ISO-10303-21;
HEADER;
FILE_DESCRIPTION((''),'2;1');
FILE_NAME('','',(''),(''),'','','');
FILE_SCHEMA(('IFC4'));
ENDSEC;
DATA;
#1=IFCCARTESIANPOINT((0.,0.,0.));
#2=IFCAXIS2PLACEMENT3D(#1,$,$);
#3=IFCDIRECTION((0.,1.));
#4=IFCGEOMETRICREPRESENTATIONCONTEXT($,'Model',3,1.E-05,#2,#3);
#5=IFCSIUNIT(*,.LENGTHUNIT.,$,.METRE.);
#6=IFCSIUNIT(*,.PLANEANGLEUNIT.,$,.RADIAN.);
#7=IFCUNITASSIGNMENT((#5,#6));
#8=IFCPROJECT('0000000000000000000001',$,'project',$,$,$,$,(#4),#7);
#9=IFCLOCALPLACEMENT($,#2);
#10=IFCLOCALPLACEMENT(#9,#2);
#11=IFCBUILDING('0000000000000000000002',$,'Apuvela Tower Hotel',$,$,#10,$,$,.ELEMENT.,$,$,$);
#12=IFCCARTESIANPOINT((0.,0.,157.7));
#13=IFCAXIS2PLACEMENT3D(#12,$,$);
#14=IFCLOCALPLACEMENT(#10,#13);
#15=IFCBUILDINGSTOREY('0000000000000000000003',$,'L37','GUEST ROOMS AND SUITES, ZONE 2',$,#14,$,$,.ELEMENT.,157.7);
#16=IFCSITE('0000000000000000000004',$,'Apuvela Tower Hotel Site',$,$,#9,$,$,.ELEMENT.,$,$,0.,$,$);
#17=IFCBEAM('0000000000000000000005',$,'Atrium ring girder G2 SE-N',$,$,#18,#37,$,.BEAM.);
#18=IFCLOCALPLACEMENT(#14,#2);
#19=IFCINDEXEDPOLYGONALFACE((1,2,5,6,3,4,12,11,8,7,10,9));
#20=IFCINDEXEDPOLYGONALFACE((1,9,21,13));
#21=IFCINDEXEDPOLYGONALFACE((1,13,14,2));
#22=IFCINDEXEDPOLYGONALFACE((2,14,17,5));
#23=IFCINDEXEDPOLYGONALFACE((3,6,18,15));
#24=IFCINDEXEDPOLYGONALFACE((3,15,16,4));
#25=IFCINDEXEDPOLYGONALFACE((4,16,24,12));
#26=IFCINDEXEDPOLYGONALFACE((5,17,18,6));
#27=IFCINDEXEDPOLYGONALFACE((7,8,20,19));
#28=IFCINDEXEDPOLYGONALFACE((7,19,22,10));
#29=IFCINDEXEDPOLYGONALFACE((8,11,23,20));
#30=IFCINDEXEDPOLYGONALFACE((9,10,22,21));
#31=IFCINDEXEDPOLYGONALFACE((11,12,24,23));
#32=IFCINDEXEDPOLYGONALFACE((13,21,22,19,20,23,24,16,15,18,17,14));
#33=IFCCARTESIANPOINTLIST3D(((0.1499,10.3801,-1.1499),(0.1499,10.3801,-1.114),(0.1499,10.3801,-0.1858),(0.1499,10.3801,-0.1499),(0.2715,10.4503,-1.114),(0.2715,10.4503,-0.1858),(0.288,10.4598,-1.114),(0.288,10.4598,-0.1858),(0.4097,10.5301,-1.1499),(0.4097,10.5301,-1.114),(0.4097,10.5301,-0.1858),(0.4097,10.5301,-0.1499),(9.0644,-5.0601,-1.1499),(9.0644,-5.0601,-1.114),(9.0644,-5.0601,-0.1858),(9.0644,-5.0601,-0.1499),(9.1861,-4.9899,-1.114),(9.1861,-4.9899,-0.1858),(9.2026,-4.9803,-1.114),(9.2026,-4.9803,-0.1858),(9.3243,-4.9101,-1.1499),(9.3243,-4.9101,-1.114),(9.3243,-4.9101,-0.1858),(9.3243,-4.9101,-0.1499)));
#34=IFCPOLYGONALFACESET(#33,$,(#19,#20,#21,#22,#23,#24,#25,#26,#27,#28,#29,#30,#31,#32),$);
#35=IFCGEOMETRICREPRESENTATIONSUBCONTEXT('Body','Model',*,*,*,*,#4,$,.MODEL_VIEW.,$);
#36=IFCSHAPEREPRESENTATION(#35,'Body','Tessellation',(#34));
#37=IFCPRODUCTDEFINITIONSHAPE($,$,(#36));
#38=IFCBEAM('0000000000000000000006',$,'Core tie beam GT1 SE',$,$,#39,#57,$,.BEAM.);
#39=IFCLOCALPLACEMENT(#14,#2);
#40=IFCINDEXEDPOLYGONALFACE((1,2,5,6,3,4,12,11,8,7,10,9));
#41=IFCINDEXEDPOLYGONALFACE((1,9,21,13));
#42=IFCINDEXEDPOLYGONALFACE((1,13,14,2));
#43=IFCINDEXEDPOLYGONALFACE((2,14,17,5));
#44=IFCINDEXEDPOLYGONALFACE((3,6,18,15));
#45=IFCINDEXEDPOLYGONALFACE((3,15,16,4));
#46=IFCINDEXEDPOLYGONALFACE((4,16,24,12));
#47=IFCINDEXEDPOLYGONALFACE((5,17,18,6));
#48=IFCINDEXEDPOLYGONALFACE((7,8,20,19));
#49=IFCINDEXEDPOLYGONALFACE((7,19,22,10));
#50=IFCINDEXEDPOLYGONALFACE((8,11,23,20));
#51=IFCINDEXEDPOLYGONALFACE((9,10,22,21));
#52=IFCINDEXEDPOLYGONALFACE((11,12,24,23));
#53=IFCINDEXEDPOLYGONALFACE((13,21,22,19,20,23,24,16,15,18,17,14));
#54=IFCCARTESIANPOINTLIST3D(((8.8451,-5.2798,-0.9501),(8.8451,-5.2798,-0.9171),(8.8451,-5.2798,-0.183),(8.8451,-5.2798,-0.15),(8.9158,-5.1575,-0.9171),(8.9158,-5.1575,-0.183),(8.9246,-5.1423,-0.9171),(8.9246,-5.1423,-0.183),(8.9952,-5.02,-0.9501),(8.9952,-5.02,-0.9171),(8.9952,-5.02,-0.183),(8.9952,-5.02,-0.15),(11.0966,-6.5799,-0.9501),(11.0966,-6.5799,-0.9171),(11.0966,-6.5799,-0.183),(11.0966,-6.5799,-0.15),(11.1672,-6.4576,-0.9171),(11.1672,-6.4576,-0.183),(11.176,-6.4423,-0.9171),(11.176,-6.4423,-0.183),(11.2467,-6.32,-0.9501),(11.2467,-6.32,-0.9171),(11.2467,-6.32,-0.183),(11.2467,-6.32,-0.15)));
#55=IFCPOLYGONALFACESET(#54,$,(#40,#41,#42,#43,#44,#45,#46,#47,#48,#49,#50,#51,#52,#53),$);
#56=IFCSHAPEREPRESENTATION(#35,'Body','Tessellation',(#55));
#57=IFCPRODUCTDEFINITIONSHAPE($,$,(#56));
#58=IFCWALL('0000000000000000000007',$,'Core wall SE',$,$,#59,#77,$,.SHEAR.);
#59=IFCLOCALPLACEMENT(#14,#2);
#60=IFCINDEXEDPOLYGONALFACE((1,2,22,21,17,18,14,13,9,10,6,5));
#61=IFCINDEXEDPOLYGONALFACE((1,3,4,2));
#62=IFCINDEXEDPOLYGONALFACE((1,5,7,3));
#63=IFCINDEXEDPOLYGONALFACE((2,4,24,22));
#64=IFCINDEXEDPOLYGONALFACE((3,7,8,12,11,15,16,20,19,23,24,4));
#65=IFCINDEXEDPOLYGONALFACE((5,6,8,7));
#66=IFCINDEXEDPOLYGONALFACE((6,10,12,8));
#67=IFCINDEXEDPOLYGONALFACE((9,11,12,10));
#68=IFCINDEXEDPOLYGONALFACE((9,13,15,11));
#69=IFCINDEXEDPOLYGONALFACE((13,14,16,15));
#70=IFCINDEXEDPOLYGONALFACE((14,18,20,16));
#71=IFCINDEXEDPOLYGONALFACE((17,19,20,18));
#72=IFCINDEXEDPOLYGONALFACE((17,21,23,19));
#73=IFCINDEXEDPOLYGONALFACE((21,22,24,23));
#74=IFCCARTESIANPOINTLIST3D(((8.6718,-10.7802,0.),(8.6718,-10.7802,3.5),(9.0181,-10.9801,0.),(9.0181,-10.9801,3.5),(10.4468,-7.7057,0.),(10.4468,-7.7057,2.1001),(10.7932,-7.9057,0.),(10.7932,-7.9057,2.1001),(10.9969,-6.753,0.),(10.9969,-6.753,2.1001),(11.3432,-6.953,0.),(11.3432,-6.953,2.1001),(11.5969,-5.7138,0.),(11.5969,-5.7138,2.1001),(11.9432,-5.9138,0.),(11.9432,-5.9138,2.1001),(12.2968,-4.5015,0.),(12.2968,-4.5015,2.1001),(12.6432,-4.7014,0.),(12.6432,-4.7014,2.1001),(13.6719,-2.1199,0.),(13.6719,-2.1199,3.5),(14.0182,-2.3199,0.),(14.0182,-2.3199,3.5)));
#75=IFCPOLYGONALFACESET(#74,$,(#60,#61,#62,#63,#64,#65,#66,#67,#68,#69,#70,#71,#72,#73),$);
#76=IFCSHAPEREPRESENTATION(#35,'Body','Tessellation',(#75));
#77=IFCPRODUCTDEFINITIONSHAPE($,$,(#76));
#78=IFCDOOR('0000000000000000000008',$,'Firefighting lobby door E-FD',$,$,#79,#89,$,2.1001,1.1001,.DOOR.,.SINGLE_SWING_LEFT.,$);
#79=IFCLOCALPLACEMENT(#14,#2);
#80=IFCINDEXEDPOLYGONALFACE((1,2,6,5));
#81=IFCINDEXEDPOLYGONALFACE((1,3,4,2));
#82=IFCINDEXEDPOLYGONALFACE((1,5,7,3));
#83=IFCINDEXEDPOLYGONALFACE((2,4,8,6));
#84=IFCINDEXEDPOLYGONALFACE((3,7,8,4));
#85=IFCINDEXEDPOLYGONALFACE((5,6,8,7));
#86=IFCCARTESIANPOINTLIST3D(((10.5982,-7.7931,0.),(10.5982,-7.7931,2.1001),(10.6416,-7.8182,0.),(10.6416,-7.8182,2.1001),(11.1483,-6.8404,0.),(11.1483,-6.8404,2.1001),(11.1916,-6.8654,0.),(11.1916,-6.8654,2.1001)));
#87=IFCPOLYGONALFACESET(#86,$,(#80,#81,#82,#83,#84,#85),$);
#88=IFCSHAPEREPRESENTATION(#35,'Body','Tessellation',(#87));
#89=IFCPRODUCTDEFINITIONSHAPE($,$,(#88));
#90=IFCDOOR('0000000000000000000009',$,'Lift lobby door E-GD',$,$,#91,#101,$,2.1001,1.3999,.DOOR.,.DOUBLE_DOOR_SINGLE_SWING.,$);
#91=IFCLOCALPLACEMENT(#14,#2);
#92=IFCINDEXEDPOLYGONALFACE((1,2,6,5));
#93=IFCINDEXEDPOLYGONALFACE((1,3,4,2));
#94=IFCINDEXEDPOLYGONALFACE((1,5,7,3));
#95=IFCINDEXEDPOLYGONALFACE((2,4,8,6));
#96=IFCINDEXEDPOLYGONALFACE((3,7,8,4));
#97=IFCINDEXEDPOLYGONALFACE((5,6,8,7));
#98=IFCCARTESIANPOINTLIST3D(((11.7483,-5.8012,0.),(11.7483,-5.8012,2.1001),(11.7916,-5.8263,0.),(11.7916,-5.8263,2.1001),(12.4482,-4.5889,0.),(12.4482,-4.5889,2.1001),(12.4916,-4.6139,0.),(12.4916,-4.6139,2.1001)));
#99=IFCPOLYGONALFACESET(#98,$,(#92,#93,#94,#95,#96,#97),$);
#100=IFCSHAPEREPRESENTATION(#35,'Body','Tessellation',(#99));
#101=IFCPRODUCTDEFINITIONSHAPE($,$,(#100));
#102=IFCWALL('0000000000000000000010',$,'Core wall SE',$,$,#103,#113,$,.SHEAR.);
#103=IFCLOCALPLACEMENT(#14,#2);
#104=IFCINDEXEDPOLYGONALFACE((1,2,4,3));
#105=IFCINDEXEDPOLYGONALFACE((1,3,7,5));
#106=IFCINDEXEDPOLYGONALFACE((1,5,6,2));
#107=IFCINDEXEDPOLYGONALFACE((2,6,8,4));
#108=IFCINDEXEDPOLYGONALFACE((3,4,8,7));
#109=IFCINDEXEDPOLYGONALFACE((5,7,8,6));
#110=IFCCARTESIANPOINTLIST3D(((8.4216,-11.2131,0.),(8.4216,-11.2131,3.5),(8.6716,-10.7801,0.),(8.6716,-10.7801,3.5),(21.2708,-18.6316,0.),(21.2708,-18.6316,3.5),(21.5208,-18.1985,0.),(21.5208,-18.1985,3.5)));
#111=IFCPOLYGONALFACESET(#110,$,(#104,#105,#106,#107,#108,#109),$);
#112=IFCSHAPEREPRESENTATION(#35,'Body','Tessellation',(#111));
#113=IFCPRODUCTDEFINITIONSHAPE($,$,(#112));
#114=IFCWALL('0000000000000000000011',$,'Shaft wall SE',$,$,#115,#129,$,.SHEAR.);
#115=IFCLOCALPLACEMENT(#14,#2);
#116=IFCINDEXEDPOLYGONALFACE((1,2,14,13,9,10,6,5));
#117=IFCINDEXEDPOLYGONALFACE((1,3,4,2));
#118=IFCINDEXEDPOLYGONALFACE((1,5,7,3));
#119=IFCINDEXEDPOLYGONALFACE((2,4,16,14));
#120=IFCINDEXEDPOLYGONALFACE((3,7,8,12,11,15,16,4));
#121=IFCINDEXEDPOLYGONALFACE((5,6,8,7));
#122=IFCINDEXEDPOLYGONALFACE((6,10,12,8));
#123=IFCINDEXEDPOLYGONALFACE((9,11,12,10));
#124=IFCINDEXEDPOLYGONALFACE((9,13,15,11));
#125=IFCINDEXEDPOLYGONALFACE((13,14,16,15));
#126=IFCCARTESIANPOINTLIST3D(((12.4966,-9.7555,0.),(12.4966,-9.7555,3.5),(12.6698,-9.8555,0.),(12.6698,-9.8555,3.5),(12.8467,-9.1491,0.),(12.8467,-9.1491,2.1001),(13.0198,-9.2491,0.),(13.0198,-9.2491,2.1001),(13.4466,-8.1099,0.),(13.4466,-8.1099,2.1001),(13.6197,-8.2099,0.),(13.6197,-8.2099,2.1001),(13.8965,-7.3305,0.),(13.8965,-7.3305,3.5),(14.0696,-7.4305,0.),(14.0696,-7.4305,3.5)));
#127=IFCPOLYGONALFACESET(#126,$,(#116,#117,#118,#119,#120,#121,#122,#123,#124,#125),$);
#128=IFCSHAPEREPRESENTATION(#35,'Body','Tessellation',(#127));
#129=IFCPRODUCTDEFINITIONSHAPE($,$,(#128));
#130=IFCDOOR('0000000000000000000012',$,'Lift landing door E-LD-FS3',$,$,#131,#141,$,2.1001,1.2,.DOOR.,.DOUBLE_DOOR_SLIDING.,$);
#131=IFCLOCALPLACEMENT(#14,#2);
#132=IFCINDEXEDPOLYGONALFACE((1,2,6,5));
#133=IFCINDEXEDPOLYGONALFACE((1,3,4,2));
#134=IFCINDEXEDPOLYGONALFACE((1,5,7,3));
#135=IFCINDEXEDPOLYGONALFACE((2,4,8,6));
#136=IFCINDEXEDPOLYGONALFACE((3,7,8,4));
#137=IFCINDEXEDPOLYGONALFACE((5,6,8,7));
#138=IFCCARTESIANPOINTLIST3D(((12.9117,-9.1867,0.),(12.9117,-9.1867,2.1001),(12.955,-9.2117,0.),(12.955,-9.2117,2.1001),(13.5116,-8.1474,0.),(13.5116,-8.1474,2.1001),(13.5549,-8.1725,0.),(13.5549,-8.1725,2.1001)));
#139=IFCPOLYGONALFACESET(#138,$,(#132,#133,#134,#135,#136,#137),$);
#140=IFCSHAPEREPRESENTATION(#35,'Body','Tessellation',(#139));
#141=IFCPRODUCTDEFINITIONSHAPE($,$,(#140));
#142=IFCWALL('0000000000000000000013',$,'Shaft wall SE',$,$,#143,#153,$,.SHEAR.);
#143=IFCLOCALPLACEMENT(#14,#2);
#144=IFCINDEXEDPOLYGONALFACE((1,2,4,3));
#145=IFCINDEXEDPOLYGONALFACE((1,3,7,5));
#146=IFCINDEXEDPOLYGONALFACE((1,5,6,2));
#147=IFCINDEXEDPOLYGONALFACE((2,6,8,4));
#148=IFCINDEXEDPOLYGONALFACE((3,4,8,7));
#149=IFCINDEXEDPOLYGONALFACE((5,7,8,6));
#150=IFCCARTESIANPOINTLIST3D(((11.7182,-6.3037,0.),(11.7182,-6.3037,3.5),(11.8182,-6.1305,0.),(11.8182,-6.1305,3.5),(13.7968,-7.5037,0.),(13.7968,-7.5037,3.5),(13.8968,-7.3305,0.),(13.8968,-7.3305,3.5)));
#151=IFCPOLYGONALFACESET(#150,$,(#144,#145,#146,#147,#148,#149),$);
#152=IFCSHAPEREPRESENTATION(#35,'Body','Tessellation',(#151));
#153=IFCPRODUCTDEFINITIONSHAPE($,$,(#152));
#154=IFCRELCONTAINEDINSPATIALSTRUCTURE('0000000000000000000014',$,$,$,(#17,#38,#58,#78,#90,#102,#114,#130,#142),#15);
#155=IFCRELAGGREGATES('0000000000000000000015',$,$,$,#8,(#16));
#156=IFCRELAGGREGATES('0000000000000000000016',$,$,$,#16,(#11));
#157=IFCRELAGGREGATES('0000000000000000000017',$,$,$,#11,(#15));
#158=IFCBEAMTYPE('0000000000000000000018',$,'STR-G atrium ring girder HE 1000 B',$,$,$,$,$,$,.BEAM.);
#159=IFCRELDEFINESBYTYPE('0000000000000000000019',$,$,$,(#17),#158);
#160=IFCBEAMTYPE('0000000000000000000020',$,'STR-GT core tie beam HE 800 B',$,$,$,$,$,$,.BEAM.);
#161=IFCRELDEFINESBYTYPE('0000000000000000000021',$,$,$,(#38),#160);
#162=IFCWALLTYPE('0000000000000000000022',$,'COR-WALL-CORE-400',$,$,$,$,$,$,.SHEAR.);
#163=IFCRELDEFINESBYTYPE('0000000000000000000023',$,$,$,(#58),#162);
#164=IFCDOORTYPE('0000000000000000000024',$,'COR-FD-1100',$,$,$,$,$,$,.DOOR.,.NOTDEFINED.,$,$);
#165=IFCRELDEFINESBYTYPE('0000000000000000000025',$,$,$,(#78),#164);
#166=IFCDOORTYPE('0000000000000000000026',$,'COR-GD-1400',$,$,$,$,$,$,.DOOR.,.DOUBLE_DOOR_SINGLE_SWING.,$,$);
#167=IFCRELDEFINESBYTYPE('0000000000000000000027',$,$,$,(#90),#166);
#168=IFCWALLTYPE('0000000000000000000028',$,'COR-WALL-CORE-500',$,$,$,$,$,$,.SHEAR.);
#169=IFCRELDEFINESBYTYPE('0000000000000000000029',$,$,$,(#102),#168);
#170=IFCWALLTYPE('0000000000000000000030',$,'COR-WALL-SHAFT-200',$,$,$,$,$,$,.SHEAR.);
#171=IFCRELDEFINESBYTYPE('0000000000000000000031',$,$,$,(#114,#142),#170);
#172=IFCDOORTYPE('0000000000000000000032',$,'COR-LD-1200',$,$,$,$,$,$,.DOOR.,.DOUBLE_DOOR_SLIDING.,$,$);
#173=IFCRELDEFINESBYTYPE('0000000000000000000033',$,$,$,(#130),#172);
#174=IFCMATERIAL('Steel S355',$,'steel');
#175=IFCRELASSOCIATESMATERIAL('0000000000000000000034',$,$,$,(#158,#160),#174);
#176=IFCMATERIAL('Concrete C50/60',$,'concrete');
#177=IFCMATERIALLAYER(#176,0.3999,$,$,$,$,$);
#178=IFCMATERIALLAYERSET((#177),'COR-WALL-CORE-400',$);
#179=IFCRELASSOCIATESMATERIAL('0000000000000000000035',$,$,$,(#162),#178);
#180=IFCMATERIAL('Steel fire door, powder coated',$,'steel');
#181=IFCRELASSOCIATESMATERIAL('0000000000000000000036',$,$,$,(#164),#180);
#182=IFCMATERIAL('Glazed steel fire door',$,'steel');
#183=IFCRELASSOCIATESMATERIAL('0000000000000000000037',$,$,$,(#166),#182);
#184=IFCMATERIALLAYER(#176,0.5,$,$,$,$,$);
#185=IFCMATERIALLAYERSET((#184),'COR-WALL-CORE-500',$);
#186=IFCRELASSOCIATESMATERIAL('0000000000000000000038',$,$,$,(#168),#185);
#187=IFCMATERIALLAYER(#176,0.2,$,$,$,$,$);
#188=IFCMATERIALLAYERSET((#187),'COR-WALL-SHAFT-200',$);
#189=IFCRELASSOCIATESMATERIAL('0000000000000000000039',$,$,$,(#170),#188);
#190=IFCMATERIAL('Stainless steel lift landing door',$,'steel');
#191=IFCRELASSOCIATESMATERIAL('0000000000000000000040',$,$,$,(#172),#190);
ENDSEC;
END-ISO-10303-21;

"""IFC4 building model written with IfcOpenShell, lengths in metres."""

from ifc_helpers import new_model, si_unit, direction, frame, frame_2d, origin, origin_2d, place, context, subcontext, project, spatial, rectangle, i_section, extrude, material, layer, layer_set, material_profile, profile_set, type_object, element, fill, save


model = new_model("IFC4")

# Units and contexts
model_context = context("Model", 3, precision=1e-05, world=origin(), true_north=direction((0.0, 1.0)))
body_context = subcontext(model_context, "Body", "Model", "MODEL_VIEW")
ifc_project = project(units=[si_unit("LENGTHUNIT", "METRE"), si_unit("PLANEANGLEUNIT", "RADIAN")], contexts=[model_context])

# Site, building, storey
site_placement = place(None, origin())
site = spatial("IfcSite", under=ifc_project, at=site_placement, Name="Apuvela Tower Hotel Site", CompositionType="ELEMENT", RefElevation=0.0)
building_placement = place(site_placement, origin())
building = spatial("IfcBuilding", under=site, at=building_placement, Name="Apuvela Tower Hotel", CompositionType="ELEMENT")
storey_placement = place(building_placement, frame((0.0, 0.0, 157.7)))
storey = spatial("IfcBuildingStorey", under=building, at=storey_placement, Name="L37", Description="GUEST ROOMS AND SUITES, ZONE 2", CompositionType="ELEMENT", Elevation=157.7)

# Beams
ifc_material_1 = material(Name="Steel S355", Category="steel")
ifc_material_profile_1 = material_profile(ifc_material_1, i_section(OverallWidth=0.3, OverallDepth=1.0, WebThickness=0.019, FlangeThickness=0.0359, at=origin_2d()), Name="HE 1000 B")
ifc_profile_set_1 = profile_set([ifc_material_profile_1], Name="Steel S355")
beam_type_1 = type_object("IfcBeamType", Name="STR-G atrium ring girder HE 1000 B", PredefinedType="BEAM", material=ifc_profile_set_1)
beam_1_placement = place(storey_placement, frame((9.1943, -4.9851, -0.6499), z_axis=(-0.500007, 0.866022, 0.0), x_axis=(-0.866022, -0.500007, 0.0)))
element("IfcBeam", 1, at=beam_1_placement, inside=storey, type_object=beam_type_1, Name="Atrium ring girder G2 SE-N", PredefinedType="BEAM", context=body_context, shape_type="SweptSolid", body=[
    extrude(i_section(OverallWidth=0.3, OverallDepth=1.0, WebThickness=0.019, FlangeThickness=0.0359, at=origin_2d()), origin(), (0.0, 0.0, 1.0), 17.8289),
])
ifc_material_profile_2 = material_profile(ifc_material_1, i_section(OverallWidth=0.3, OverallDepth=0.8, WebThickness=0.0176, FlangeThickness=0.033, at=origin_2d()), Name="HE 800 B")
ifc_profile_set_2 = profile_set([ifc_material_profile_2], Name="Steel S355")
beam_type_2 = type_object("IfcBeamType", Name="STR-GT core tie beam HE 800 B", PredefinedType="BEAM", material=ifc_profile_set_2)
beam_2_placement = place(storey_placement, frame((11.1716, -6.45, -0.55), z_axis=(-0.865998, 0.500048, 0.0), x_axis=(-0.500048, -0.865998, 0.0)))
element("IfcBeam", 2, at=beam_2_placement, inside=storey, type_object=beam_type_2, Name="Core tie beam GT1 SE", PredefinedType="BEAM", context=body_context, shape_type="SweptSolid", body=[
    extrude(i_section(OverallWidth=0.3, OverallDepth=0.8, WebThickness=0.0176, FlangeThickness=0.033, at=origin_2d()), origin(), (0.0, 0.0, 1.0), 2.5999),
])

# Wall, openings, doors
ifc_material_2 = material(Name="Concrete C50/60", Category="concrete")
ifc_layer_1 = layer(ifc_material_2, 0.3999)
ifc_layer_set_1 = layer_set([ifc_layer_1], Name="COR-WALL-CORE-400")
wall_type_1 = type_object("IfcWallType", Name="COR-WALL-CORE-400", PredefinedType="SHEAR", material=ifc_layer_set_1)
wall_1_placement = place(storey_placement, frame((8.845, -10.8801, 0.0), z_axis=(0.0, 0.0, 1.0), x_axis=(0.500004, 0.866023, 0.0)))
wall_1 = element("IfcWall", 3, at=wall_1_placement, inside=storey, type_object=wall_type_1, Name="Core wall SE", PredefinedType="SHEAR", context=body_context, shape_type="SweptSolid", body=[
    extrude(rectangle(XDim=10.0, YDim=0.3999, at=frame_2d((5.0, 0.0))), origin(), (0.0, 0.0, 1.0), 3.5),
])
opening_1_placement = place(wall_1_placement, frame((3.55, 0.0, 0.0)))
opening_1 = element("IfcOpeningElement", 4, at=opening_1_placement, cuts=wall_1, PredefinedType="OPENING", context=body_context, shape_type="SweptSolid", body=[
    extrude(rectangle(XDim=1.1001, YDim=2.1001, at=frame_2d((0.55, 1.05))), frame((0.0, 0.21, 0.0), z_axis=(0.0, -1.0, 0.0), x_axis=(1.0, 0.0, 0.0)), (0.0, 0.0, 1.0), 0.4199),
])
opening_2_placement = place(wall_1_placement, frame((5.8501, 0.0, 0.0)))
opening_2 = element("IfcOpeningElement", 5, at=opening_2_placement, cuts=wall_1, PredefinedType="OPENING", context=body_context, shape_type="SweptSolid", body=[
    extrude(rectangle(XDim=1.3999, YDim=2.1001, at=frame_2d((0.7, 1.05))), frame((0.0, 0.21, 0.0), z_axis=(0.0, -1.0, 0.0), x_axis=(1.0, 0.0, 0.0)), (0.0, 0.0, 1.0), 0.4199),
])
ifc_material_3 = material(Name="Steel fire door, powder coated", Category="steel")
door_type_1 = type_object("IfcDoorType", Name="COR-FD-1100", OperationType="NOTDEFINED", PredefinedType="DOOR", material=ifc_material_3)
door_1_placement = place(opening_1_placement, frame((1.1001, 0.0, 0.0), z_axis=(0.0, 0.0, 1.0), x_axis=(-1.0, 0.0, 0.0)))
door_1 = element("IfcDoor", 6, at=door_1_placement, inside=storey, type_object=door_type_1, Name="Firefighting lobby door E-FD", OperationType="SINGLE_SWING_LEFT", OverallHeight=2.1001, OverallWidth=1.1001, PredefinedType="DOOR", context=body_context, shape_type="SweptSolid", body=[
    extrude(rectangle(XDim=1.1001, YDim=2.1001, at=frame_2d((0.55, 1.05))), frame((0.0, 0.0249, 0.0), z_axis=(0.0, -1.0, 0.0), x_axis=(1.0, 0.0, 0.0)), (0.0, 0.0, 1.0), 0.05),
])
fill(opening_1, door_1)
ifc_material_4 = material(Name="Glazed steel fire door", Category="steel")
door_type_2 = type_object("IfcDoorType", Name="COR-GD-1400", OperationType="DOUBLE_DOOR_SINGLE_SWING", PredefinedType="DOOR", material=ifc_material_4)
door_2_placement = place(opening_2_placement, frame((1.3999, 0.0, 0.0), z_axis=(0.0, 0.0, 1.0), x_axis=(-1.0, 0.0, 0.0)))
door_2 = element("IfcDoor", 7, at=door_2_placement, inside=storey, type_object=door_type_2, Name="Lift lobby door E-GD", OperationType="DOUBLE_DOOR_SINGLE_SWING", OverallHeight=2.1001, OverallWidth=1.3999, PredefinedType="DOOR", context=body_context, shape_type="SweptSolid", body=[
    extrude(rectangle(XDim=1.3999, YDim=2.1001, at=frame_2d((0.7, 1.05))), frame((0.0, 0.0249, 0.0), z_axis=(0.0, -1.0, 0.0), x_axis=(1.0, 0.0, 0.0)), (0.0, 0.0, 1.0), 0.05),
])
fill(opening_2, door_2)

# Wall
ifc_layer_2 = layer(ifc_material_2, 0.5)
ifc_layer_set_2 = layer_set([ifc_layer_2], Name="COR-WALL-CORE-500")
wall_type_2 = type_object("IfcWallType", Name="COR-WALL-CORE-500", PredefinedType="SHEAR", material=ifc_layer_set_2)
wall_2_placement = place(storey_placement, frame((8.5466, -10.9966, 0.0), z_axis=(0.0, 0.0, 1.0), x_axis=(0.866025, -0.500001, 0.0)))
element("IfcWall", 8, at=wall_2_placement, inside=storey, type_object=wall_type_2, Name="Core wall SE", PredefinedType="SHEAR", context=body_context, shape_type="SweptSolid", body=[
    extrude(rectangle(XDim=14.8369, YDim=0.5, at=frame_2d((7.4185, 0.0))), origin(), (0.0, 0.0, 1.0), 3.5),
])

# Wall, opening, door
ifc_layer_3 = layer(ifc_material_2, 0.2)
ifc_layer_set_3 = layer_set([ifc_layer_3], Name="COR-WALL-SHAFT-200")
wall_type_3 = type_object("IfcWallType", Name="COR-WALL-SHAFT-200", PredefinedType="SHEAR", material=ifc_layer_set_3)
wall_3_placement = place(storey_placement, frame((12.5833, -9.8054, 0.0), z_axis=(0.0, 0.0, 1.0), x_axis=(0.499946, 0.866056, 0.0)))
wall_3 = element("IfcWall", 9, at=wall_3_placement, inside=storey, type_object=wall_type_3, Name="Shaft wall SE", PredefinedType="SHEAR", context=body_context, shape_type="SweptSolid", body=[
    extrude(rectangle(XDim=2.8, YDim=0.2, at=frame_2d((1.3999, 0.0))), origin(), (0.0, 0.0, 1.0), 3.5),
])
opening_3_placement = place(wall_3_placement, frame((0.7, 0.0, 0.0)))
opening_3 = element("IfcOpeningElement", 10, at=opening_3_placement, cuts=wall_3, PredefinedType="OPENING", context=body_context, shape_type="SweptSolid", body=[
    extrude(rectangle(XDim=1.2, YDim=2.1001, at=frame_2d((0.6001, 1.05))), frame((0.0, 0.1099, 0.0), z_axis=(0.0, -1.0, 0.0), x_axis=(1.0, 0.0, 0.0)), (0.0, 0.0, 1.0), 0.22),
])
ifc_material_5 = material(Name="Stainless steel lift landing door", Category="steel")
door_type_3 = type_object("IfcDoorType", Name="COR-LD-1200", OperationType="DOUBLE_DOOR_SLIDING", PredefinedType="DOOR", material=ifc_material_5)
door_3_placement = place(opening_3_placement, origin())
door_3 = element("IfcDoor", 11, at=door_3_placement, inside=storey, type_object=door_type_3, Name="Lift landing door E-LD-FS3", OperationType="DOUBLE_DOOR_SLIDING", OverallHeight=2.1001, OverallWidth=1.2, PredefinedType="DOOR", context=body_context, shape_type="SweptSolid", body=[
    extrude(rectangle(XDim=1.2, YDim=2.1001, at=frame_2d((0.6001, 1.05))), frame((0.0, 0.0249, 0.0), z_axis=(0.0, -1.0, 0.0), x_axis=(1.0, 0.0, 0.0)), (0.0, 0.0, 1.0), 0.05),
])
fill(opening_3, door_3)

# Wall
wall_4_placement = place(storey_placement, frame((11.7681, -6.217, 0.0), z_axis=(0.0, 0.0, 1.0), x_axis=(0.86605, -0.499957, 0.0)))
element("IfcWall", 12, at=wall_4_placement, inside=storey, type_object=wall_type_3, Name="Shaft wall SE", PredefinedType="SHEAR", context=body_context, shape_type="SweptSolid", body=[
    extrude(rectangle(XDim=2.4001, YDim=0.2, at=frame_2d((1.2002, 0.0))), origin(), (0.0, 0.0, 1.0), 3.5),
])

save(model, "model.ifc")
